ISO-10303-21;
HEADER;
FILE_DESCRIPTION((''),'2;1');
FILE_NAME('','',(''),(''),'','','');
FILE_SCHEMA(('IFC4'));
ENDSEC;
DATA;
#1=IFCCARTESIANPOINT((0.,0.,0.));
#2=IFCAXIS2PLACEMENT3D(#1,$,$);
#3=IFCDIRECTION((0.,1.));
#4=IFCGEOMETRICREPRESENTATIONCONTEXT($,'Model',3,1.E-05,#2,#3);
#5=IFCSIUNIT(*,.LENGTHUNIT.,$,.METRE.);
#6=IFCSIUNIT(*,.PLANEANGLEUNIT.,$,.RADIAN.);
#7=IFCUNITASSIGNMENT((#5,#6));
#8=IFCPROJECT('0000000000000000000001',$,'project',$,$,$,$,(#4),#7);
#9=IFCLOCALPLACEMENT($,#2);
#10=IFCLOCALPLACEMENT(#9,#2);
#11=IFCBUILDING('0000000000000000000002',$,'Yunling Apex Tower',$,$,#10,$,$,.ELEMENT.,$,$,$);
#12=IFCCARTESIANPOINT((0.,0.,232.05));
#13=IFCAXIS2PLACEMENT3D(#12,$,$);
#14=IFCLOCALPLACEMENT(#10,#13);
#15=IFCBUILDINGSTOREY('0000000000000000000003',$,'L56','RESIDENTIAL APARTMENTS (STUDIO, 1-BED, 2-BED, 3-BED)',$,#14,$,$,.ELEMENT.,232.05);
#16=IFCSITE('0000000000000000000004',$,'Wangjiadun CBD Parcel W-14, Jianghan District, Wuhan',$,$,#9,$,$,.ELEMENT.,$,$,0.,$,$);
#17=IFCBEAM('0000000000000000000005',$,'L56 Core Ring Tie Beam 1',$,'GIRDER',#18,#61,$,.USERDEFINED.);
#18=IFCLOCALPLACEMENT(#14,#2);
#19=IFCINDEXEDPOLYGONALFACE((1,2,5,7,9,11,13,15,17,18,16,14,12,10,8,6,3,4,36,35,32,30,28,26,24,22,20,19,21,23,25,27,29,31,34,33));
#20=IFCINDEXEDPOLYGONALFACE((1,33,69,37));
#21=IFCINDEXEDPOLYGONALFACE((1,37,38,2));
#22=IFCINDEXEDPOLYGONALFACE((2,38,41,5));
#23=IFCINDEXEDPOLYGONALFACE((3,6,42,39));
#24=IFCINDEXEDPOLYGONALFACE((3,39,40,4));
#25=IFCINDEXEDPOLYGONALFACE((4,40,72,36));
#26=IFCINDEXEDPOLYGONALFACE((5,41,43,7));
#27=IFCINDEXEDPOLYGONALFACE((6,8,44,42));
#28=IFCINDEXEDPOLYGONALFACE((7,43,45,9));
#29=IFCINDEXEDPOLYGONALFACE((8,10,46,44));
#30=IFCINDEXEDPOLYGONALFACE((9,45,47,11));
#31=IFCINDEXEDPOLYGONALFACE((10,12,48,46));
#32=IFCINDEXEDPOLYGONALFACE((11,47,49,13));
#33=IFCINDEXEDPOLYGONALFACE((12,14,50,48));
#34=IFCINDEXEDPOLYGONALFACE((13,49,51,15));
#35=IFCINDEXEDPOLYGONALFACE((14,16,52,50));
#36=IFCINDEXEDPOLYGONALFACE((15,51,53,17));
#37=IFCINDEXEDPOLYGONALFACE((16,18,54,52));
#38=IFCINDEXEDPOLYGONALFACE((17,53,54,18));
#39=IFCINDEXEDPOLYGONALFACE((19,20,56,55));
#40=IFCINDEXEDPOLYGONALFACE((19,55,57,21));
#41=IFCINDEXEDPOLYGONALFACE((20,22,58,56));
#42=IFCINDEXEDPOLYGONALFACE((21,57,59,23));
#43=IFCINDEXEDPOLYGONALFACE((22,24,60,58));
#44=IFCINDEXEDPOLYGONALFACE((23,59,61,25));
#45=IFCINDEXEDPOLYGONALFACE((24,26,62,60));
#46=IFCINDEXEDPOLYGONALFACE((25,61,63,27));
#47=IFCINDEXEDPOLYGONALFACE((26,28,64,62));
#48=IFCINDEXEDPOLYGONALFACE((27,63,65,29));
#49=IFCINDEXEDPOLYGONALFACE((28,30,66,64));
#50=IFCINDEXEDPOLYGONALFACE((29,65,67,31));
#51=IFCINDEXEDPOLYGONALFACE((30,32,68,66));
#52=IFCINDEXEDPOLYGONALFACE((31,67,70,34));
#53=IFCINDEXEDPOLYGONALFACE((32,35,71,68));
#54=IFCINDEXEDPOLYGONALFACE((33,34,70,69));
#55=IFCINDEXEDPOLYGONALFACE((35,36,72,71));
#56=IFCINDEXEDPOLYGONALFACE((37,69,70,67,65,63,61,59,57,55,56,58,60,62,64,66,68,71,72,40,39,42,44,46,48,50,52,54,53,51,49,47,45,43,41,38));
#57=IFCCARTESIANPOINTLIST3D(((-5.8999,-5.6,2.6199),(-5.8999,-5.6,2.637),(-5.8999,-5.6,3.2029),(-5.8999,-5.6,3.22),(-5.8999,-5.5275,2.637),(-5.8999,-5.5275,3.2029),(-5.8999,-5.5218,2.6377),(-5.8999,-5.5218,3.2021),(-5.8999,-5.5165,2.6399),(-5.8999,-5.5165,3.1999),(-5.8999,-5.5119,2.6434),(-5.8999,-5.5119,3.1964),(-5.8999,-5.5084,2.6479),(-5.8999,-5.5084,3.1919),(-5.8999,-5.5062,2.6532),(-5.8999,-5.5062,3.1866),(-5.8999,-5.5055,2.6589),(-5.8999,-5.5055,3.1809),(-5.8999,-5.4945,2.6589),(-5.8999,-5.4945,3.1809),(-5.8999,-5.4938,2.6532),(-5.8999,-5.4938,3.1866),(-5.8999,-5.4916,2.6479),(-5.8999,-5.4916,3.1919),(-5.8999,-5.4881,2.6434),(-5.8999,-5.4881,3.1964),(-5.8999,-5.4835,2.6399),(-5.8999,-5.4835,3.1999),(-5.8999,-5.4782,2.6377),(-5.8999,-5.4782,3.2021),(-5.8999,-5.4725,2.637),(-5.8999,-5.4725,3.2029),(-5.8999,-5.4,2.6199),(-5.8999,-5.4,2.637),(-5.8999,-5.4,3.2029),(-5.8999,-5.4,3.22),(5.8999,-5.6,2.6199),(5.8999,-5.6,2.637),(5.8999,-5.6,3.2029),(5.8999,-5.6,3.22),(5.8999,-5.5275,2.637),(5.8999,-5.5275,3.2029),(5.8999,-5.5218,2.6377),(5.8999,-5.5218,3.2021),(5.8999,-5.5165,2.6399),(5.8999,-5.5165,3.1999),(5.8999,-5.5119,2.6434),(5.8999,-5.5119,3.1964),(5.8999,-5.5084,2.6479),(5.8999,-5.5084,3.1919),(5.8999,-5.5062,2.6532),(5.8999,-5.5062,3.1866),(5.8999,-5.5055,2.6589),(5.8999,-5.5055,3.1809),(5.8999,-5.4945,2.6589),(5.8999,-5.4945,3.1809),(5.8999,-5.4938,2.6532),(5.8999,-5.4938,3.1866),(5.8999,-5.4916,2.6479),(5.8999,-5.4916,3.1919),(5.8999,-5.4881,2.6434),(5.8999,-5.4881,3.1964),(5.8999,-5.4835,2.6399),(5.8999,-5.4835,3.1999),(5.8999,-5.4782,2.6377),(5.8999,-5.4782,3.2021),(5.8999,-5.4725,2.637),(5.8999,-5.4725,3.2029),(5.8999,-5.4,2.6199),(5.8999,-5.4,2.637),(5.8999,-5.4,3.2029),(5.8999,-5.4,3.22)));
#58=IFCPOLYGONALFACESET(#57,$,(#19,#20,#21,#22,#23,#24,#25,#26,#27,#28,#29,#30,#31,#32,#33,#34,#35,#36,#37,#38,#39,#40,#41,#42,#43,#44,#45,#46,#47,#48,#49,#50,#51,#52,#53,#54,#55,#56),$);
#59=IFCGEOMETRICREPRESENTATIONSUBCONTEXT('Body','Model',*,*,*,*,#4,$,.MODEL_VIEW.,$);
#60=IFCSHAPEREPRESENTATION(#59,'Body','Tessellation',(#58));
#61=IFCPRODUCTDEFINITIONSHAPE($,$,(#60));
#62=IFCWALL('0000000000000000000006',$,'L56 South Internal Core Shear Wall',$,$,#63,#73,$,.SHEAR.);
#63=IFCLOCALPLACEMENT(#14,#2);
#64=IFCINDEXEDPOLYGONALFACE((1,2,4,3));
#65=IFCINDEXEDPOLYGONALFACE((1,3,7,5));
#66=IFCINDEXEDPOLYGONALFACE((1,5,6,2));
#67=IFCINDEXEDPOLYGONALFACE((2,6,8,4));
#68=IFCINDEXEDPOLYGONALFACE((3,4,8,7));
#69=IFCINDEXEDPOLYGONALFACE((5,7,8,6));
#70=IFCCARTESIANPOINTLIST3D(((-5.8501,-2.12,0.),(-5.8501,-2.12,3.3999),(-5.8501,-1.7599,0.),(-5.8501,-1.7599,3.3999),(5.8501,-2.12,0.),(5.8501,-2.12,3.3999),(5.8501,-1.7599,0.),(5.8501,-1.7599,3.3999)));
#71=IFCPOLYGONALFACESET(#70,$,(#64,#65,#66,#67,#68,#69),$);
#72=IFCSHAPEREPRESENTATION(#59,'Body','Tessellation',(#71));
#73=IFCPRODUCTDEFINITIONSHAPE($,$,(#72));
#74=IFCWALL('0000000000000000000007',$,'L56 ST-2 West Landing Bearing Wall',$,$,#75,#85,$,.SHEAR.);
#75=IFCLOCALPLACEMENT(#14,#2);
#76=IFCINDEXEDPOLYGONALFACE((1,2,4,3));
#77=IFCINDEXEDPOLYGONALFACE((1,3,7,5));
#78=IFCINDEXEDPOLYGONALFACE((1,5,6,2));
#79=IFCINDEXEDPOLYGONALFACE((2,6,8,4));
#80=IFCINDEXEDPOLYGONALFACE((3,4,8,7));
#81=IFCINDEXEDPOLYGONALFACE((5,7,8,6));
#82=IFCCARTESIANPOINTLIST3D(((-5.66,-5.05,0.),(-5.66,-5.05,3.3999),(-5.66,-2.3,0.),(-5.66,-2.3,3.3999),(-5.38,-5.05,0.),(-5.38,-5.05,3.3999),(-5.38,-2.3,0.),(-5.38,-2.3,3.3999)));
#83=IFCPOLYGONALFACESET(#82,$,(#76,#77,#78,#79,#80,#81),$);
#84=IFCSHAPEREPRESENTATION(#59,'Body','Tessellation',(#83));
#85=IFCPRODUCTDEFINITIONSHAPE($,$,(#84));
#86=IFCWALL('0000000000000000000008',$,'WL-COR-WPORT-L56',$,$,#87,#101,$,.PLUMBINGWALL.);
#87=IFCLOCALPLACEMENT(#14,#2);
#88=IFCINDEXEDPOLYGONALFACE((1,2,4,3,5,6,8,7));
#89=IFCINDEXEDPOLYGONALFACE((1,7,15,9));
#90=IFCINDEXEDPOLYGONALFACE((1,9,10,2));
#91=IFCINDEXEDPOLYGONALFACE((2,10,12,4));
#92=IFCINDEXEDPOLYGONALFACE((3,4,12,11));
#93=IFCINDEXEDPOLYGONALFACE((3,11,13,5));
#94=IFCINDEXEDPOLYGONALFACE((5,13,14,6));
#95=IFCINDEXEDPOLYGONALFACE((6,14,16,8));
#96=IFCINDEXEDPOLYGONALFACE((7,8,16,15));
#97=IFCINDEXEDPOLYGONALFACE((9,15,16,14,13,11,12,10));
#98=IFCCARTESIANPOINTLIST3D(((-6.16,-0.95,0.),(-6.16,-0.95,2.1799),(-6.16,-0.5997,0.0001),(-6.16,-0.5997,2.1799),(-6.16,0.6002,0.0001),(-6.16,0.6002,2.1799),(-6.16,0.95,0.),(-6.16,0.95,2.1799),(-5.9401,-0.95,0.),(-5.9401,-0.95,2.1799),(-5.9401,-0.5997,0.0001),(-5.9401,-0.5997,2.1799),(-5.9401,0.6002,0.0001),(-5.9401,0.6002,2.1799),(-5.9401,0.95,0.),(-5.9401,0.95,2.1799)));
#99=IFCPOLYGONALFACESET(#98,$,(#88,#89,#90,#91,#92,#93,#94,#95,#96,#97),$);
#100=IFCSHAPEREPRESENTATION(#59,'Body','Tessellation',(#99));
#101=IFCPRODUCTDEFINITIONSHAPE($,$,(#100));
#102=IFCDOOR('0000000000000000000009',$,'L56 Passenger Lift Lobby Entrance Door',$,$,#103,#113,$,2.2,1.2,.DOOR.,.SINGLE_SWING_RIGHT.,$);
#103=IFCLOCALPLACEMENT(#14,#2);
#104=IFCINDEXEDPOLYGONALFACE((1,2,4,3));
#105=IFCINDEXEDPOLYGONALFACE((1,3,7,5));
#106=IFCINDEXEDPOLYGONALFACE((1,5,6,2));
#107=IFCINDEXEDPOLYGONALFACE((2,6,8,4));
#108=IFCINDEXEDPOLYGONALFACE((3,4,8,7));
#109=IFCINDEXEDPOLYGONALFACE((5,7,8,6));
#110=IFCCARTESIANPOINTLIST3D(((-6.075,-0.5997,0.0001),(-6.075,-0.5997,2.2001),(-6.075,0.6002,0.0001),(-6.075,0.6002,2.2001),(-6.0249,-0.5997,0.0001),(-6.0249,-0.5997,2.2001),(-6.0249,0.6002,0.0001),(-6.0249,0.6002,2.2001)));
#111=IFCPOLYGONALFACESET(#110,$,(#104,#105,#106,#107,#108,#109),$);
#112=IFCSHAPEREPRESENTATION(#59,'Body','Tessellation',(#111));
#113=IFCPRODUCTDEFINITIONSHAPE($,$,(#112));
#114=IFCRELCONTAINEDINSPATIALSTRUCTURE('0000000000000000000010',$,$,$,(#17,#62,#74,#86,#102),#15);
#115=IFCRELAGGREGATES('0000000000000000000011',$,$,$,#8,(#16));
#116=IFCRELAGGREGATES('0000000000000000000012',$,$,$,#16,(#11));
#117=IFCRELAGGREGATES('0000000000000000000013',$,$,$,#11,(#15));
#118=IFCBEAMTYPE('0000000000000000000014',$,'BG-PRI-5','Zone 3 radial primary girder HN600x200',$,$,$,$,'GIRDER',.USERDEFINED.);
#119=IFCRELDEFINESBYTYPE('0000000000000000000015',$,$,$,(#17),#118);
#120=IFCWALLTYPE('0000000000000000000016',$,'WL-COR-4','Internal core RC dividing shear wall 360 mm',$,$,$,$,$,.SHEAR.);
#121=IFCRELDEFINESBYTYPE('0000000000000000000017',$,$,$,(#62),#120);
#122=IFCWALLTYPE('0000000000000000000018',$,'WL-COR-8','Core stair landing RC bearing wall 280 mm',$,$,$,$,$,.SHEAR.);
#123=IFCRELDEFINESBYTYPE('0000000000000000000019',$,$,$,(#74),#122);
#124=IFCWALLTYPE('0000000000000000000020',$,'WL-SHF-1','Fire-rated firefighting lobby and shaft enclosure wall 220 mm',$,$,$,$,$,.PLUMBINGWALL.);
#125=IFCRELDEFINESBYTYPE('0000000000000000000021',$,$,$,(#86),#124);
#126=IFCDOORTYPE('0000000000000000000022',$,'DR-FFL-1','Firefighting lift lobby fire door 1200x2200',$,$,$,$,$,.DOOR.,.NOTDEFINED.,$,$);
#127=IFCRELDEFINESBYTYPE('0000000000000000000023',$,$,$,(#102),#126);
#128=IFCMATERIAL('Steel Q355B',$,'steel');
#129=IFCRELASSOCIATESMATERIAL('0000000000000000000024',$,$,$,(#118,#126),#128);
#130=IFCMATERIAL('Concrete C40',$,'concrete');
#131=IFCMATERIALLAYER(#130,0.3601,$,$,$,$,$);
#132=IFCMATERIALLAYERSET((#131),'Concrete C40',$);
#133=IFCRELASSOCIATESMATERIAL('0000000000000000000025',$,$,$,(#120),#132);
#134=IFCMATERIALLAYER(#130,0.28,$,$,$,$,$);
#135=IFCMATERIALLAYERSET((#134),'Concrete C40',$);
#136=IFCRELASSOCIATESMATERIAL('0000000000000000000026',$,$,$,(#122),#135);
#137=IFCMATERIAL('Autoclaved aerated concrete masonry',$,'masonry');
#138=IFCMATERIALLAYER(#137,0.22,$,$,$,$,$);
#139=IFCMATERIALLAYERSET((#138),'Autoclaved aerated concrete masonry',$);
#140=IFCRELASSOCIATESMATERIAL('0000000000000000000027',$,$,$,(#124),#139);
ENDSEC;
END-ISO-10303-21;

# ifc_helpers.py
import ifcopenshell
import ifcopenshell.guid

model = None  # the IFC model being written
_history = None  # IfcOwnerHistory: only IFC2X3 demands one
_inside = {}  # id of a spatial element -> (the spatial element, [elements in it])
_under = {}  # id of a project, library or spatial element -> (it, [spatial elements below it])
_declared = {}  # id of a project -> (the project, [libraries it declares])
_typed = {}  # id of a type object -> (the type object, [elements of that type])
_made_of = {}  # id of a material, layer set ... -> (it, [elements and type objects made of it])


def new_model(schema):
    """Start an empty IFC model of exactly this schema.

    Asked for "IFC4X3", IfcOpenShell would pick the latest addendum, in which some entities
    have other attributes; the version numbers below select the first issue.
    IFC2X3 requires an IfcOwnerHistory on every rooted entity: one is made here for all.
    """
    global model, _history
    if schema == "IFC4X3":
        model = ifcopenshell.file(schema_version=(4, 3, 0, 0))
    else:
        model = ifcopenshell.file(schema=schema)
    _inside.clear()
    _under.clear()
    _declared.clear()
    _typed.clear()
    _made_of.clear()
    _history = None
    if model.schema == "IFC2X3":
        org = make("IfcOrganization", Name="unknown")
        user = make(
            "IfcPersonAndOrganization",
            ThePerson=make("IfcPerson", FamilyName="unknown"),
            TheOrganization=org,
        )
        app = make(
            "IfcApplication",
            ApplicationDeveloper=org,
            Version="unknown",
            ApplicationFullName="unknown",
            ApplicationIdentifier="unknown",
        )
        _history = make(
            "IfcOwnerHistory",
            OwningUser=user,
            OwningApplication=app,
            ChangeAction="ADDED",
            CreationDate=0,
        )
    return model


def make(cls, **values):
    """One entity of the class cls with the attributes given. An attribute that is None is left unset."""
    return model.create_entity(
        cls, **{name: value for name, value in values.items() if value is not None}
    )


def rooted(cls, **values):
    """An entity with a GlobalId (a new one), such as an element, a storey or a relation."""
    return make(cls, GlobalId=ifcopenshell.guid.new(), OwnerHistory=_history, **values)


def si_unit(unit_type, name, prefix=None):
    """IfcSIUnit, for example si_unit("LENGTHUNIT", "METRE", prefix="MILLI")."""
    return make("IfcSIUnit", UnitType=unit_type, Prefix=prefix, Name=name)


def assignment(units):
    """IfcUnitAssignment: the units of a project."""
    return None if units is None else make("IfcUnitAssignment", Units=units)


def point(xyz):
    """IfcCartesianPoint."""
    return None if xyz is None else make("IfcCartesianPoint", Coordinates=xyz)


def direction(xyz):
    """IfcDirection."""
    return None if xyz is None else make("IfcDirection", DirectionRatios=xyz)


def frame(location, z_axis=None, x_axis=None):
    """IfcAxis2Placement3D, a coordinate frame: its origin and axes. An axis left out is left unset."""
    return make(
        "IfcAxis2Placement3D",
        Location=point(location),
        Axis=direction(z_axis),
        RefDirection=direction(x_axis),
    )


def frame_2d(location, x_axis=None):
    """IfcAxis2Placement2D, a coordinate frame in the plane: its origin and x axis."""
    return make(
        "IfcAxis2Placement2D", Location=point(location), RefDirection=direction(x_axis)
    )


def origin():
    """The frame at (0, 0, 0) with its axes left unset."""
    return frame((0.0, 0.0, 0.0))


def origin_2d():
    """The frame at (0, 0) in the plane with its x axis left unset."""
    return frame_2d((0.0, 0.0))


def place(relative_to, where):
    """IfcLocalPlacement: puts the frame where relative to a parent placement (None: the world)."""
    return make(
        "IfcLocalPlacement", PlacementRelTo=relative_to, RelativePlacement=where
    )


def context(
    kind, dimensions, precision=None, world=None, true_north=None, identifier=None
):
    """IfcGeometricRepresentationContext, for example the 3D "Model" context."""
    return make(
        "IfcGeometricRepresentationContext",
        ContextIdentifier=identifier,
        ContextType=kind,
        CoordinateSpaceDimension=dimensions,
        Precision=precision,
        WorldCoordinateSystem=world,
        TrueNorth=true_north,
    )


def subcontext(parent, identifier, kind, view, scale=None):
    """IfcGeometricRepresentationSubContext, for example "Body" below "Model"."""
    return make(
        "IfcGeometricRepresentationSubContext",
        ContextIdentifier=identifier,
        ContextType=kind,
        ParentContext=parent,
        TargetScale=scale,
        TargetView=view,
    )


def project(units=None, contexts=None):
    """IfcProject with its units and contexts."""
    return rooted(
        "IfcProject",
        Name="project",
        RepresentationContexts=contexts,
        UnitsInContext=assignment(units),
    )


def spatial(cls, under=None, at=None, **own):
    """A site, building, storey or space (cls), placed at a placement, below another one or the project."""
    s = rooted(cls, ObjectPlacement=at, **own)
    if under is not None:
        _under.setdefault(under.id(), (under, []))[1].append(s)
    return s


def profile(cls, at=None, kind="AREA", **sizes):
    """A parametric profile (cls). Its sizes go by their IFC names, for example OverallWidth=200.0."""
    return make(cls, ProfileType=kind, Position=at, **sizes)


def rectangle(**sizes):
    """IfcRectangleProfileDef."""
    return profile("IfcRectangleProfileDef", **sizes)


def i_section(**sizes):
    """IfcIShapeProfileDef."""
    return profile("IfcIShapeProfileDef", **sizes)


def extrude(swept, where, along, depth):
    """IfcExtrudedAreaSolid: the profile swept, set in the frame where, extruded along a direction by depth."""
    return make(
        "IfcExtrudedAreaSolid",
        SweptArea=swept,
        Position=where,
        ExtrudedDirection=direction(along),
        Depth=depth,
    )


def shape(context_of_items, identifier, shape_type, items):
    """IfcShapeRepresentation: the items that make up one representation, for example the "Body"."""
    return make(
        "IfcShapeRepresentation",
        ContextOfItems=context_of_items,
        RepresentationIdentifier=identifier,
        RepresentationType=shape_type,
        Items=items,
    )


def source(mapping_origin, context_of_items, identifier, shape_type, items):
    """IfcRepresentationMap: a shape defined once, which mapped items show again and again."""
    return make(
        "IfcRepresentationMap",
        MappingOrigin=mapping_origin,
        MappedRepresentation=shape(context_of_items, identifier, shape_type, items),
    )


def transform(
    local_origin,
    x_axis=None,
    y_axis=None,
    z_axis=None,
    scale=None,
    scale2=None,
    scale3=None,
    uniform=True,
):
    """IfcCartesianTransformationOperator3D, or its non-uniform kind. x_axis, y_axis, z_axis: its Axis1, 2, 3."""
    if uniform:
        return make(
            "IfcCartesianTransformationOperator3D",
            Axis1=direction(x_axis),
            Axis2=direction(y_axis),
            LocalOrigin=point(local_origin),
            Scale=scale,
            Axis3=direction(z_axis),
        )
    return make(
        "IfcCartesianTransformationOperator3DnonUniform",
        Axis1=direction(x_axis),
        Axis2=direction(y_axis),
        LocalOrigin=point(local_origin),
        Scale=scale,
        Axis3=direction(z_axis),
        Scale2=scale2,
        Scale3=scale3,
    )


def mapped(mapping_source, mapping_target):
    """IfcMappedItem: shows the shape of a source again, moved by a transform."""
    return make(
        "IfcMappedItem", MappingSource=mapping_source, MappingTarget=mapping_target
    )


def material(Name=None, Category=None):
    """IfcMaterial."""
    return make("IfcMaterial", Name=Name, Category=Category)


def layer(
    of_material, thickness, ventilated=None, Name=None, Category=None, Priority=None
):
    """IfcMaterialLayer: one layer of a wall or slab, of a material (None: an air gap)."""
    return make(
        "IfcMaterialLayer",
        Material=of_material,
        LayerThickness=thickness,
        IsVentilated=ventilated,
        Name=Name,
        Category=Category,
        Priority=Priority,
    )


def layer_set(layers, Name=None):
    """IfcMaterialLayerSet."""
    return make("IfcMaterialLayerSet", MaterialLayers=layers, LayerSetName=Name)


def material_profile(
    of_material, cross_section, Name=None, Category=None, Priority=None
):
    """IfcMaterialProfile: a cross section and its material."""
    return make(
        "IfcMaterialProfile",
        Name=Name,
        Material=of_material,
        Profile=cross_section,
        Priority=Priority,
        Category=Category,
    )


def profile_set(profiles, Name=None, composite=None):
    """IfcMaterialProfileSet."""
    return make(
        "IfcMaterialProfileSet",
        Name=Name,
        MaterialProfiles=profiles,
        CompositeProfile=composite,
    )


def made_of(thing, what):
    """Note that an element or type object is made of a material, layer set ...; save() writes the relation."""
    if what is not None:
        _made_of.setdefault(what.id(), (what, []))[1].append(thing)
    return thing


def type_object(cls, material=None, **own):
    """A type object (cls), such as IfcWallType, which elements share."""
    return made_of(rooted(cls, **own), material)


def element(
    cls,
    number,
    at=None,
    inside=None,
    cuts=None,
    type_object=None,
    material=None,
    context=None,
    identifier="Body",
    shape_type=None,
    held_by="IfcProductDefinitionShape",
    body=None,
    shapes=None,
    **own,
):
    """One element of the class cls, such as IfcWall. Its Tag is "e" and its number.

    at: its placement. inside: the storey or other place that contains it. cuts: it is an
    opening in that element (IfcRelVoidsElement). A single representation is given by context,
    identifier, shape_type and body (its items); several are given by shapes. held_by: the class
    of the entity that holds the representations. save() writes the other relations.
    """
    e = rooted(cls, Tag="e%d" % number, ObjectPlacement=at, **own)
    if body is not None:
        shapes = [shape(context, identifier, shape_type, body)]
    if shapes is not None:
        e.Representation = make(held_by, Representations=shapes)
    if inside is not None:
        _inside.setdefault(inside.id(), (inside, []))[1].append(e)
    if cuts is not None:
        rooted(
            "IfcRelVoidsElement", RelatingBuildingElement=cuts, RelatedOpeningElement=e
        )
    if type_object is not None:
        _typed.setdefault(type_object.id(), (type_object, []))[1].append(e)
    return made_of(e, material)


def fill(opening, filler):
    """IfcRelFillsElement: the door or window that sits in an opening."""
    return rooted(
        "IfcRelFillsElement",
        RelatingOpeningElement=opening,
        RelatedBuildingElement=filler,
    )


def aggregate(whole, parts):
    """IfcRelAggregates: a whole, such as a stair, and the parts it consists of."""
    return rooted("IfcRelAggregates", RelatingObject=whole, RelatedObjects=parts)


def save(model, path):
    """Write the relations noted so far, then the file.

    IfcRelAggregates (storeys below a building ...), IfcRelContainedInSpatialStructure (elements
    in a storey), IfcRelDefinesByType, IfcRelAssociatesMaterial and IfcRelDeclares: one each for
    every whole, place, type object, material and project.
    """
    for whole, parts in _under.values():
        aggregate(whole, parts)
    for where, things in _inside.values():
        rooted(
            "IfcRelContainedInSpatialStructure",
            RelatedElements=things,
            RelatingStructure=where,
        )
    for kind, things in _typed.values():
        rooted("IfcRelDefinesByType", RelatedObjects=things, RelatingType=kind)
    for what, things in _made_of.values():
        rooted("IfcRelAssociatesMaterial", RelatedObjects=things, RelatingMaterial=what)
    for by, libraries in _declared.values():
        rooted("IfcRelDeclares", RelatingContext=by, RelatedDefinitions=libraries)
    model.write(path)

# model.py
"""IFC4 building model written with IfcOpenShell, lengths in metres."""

from ifc_helpers import new_model, si_unit, direction, frame, frame_2d, origin, origin_2d, place, context, subcontext, project, spatial, rectangle, i_section, extrude, source, transform, mapped, material, layer, layer_set, material_profile, profile_set, type_object, element, fill, save


model = new_model("IFC4")

# Units and contexts
model_context = context("Model", 3, precision=1e-05, world=origin(), true_north=direction((0.0, 1.0)))
body_context = subcontext(model_context, "Body", "Model", "MODEL_VIEW")
ifc_project = project(units=[si_unit("LENGTHUNIT", "METRE"), si_unit("PLANEANGLEUNIT", "RADIAN")], contexts=[model_context])

# Site, building, storey
site_placement = place(None, origin())
site = spatial("IfcSite", under=ifc_project, at=site_placement, Name="Wangjiadun CBD Parcel W-14, Jianghan District, Wuhan", CompositionType="ELEMENT", RefElevation=0.0)
building_placement = place(site_placement, origin())
building = spatial("IfcBuilding", under=site, at=building_placement, Name="Yunling Apex Tower", CompositionType="ELEMENT")
storey_placement = place(building_placement, frame((0.0, 0.0, 232.05)))
storey = spatial("IfcBuildingStorey", under=building, at=storey_placement, Name="L56", Description="RESIDENTIAL APARTMENTS (STUDIO, 1-BED, 2-BED, 3-BED)", CompositionType="ELEMENT", Elevation=232.05)

# Beam
ifc_material_1 = material(Name="Steel Q355B", Category="steel")
ifc_material_2 = material(Name="Concrete C40", Category="concrete")
ifc_material_profile_1 = material_profile(ifc_material_1, i_section(OverallWidth=0.2, OverallDepth=0.6001, WebThickness=0.011, FlangeThickness=0.0171, FilletRadius=0.022, at=origin_2d()))
ifc_profile_set_1 = profile_set([ifc_material_profile_1], Name="Steel Q355B")
beam_type_1 = type_object("IfcBeamType", Name="BG-PRI-5", Description="Zone 3 radial primary girder HN600x200", ElementType="GIRDER", PredefinedType="USERDEFINED", material=ifc_profile_set_1)
shared_shape_1 = source(origin(), body_context, "Body", "SweptSolid", [
    extrude(i_section(OverallWidth=0.2, OverallDepth=0.6001, WebThickness=0.011, FlangeThickness=0.0171, FilletRadius=0.022, at=origin_2d()), origin(), (0.0, 0.0, 1.0), 11.7998),
])
beam_1_placement = place(storey_placement, frame((-5.8999, -5.5, 2.9199), z_axis=(1.0, 0.0, 0.0), x_axis=(0.0, 1.0, 0.0)))
element("IfcBeam", 1, at=beam_1_placement, inside=storey, type_object=beam_type_1, Name="L56 Core Ring Tie Beam 1", ObjectType="GIRDER", PredefinedType="USERDEFINED", context=body_context, shape_type="MappedRepresentation", body=[
    mapped(shared_shape_1, transform((0.0, 0.0, 0.0), scale=1.0)),
])

# Walls
ifc_layer_1 = layer(ifc_material_2, 0.3601)
ifc_layer_set_1 = layer_set([ifc_layer_1], Name="Concrete C40")
wall_type_1 = type_object("IfcWallType", Name="WL-COR-4", Description="Internal core RC dividing shear wall 360 mm", PredefinedType="SHEAR", material=ifc_layer_set_1)
wall_1_placement = place(storey_placement, frame((-5.8501, -1.9399, 0.0), z_axis=(0.0, 0.0, 1.0), x_axis=(1.0, 0.0, 0.0)))
element("IfcWall", 2, at=wall_1_placement, inside=storey, type_object=wall_type_1, Name="L56 South Internal Core Shear Wall", PredefinedType="SHEAR", context=body_context, shape_type="SweptSolid", body=[
    extrude(rectangle(XDim=11.7002, YDim=0.3601, at=frame_2d((5.8501, 0.0))), origin(), (0.0, 0.0, 1.0), 3.3999),
])
ifc_layer_2 = layer(ifc_material_2, 0.28)
ifc_layer_set_2 = layer_set([ifc_layer_2], Name="Concrete C40")
wall_type_2 = type_object("IfcWallType", Name="WL-COR-8", Description="Core stair landing RC bearing wall 280 mm", PredefinedType="SHEAR", material=ifc_layer_set_2)
wall_2_placement = place(storey_placement, frame((-5.52, -5.05, 0.0), z_axis=(0.0, 0.0, 1.0), x_axis=(0.0, 1.0, 0.0)))
element("IfcWall", 3, at=wall_2_placement, inside=storey, type_object=wall_type_2, Name="L56 ST-2 West Landing Bearing Wall", PredefinedType="SHEAR", context=body_context, shape_type="SweptSolid", body=[
    extrude(rectangle(XDim=2.75, YDim=0.28, at=frame_2d((1.375, 0.0))), origin(), (0.0, 0.0, 1.0), 3.3999),
])

# Wall, opening, door
ifc_material_3 = material(Name="Autoclaved aerated concrete masonry", Category="masonry")
ifc_layer_3 = layer(ifc_material_3, 0.22)
ifc_layer_set_3 = layer_set([ifc_layer_3], Name="Autoclaved aerated concrete masonry")
wall_type_3 = type_object("IfcWallType", Name="WL-SHF-1", Description="Fire-rated firefighting lobby and shaft enclosure wall 220 mm", PredefinedType="PLUMBINGWALL", material=ifc_layer_set_3)
wall_3_placement = place(storey_placement, frame((-6.05, -0.95, 0.0), z_axis=(0.0, 0.0, 1.0), x_axis=(0.0, 1.0, 0.0)))
wall_3 = element("IfcWall", 4, at=wall_3_placement, inside=storey, type_object=wall_type_3, Name="WL-COR-WPORT-L56", PredefinedType="PLUMBINGWALL", context=body_context, shape_type="SweptSolid", body=[
    extrude(rectangle(XDim=1.8999, YDim=0.22, at=frame_2d((0.95, 0.0))), origin(), (0.0, 0.0, 1.0), 2.1799),
])
opening_1_placement = place(wall_3_placement, frame((0.3501, 0.0, 0.0)))
opening_1 = element("IfcOpeningElement", 5, at=opening_1_placement, cuts=wall_3, PredefinedType="OPENING", context=body_context, shape_type="SweptSolid", body=[
    extrude(rectangle(XDim=1.2, YDim=2.2, at=frame_2d((0.6001, 1.1001))), frame((0.0, 0.1201, 0.0), z_axis=(0.0, -1.0, 0.0), x_axis=(1.0, 0.0, 0.0)), (0.0, 0.0, 1.0), 0.24),
])
door_type_1 = type_object("IfcDoorType", Name="DR-FFL-1", Description="Firefighting lift lobby fire door 1200x2200", OperationType="NOTDEFINED", PredefinedType="DOOR", material=ifc_material_1)
door_1_placement = place(opening_1_placement, origin())
door_1 = element("IfcDoor", 6, at=door_1_placement, inside=storey, type_object=door_type_1, Name="L56 Passenger Lift Lobby Entrance Door", OperationType="SINGLE_SWING_RIGHT", OverallHeight=2.2, OverallWidth=1.2, PredefinedType="DOOR", context=body_context, shape_type="SweptSolid", body=[
    extrude(rectangle(XDim=1.2, YDim=2.2, at=frame_2d((0.6001, 1.1001))), frame((0.0, 0.0249, 0.0), z_axis=(0.0, -1.0, 0.0), x_axis=(1.0, 0.0, 0.0)), (0.0, 0.0, 1.0), 0.05),
])
fill(opening_1, door_1)

save(model, "model.ifc")
